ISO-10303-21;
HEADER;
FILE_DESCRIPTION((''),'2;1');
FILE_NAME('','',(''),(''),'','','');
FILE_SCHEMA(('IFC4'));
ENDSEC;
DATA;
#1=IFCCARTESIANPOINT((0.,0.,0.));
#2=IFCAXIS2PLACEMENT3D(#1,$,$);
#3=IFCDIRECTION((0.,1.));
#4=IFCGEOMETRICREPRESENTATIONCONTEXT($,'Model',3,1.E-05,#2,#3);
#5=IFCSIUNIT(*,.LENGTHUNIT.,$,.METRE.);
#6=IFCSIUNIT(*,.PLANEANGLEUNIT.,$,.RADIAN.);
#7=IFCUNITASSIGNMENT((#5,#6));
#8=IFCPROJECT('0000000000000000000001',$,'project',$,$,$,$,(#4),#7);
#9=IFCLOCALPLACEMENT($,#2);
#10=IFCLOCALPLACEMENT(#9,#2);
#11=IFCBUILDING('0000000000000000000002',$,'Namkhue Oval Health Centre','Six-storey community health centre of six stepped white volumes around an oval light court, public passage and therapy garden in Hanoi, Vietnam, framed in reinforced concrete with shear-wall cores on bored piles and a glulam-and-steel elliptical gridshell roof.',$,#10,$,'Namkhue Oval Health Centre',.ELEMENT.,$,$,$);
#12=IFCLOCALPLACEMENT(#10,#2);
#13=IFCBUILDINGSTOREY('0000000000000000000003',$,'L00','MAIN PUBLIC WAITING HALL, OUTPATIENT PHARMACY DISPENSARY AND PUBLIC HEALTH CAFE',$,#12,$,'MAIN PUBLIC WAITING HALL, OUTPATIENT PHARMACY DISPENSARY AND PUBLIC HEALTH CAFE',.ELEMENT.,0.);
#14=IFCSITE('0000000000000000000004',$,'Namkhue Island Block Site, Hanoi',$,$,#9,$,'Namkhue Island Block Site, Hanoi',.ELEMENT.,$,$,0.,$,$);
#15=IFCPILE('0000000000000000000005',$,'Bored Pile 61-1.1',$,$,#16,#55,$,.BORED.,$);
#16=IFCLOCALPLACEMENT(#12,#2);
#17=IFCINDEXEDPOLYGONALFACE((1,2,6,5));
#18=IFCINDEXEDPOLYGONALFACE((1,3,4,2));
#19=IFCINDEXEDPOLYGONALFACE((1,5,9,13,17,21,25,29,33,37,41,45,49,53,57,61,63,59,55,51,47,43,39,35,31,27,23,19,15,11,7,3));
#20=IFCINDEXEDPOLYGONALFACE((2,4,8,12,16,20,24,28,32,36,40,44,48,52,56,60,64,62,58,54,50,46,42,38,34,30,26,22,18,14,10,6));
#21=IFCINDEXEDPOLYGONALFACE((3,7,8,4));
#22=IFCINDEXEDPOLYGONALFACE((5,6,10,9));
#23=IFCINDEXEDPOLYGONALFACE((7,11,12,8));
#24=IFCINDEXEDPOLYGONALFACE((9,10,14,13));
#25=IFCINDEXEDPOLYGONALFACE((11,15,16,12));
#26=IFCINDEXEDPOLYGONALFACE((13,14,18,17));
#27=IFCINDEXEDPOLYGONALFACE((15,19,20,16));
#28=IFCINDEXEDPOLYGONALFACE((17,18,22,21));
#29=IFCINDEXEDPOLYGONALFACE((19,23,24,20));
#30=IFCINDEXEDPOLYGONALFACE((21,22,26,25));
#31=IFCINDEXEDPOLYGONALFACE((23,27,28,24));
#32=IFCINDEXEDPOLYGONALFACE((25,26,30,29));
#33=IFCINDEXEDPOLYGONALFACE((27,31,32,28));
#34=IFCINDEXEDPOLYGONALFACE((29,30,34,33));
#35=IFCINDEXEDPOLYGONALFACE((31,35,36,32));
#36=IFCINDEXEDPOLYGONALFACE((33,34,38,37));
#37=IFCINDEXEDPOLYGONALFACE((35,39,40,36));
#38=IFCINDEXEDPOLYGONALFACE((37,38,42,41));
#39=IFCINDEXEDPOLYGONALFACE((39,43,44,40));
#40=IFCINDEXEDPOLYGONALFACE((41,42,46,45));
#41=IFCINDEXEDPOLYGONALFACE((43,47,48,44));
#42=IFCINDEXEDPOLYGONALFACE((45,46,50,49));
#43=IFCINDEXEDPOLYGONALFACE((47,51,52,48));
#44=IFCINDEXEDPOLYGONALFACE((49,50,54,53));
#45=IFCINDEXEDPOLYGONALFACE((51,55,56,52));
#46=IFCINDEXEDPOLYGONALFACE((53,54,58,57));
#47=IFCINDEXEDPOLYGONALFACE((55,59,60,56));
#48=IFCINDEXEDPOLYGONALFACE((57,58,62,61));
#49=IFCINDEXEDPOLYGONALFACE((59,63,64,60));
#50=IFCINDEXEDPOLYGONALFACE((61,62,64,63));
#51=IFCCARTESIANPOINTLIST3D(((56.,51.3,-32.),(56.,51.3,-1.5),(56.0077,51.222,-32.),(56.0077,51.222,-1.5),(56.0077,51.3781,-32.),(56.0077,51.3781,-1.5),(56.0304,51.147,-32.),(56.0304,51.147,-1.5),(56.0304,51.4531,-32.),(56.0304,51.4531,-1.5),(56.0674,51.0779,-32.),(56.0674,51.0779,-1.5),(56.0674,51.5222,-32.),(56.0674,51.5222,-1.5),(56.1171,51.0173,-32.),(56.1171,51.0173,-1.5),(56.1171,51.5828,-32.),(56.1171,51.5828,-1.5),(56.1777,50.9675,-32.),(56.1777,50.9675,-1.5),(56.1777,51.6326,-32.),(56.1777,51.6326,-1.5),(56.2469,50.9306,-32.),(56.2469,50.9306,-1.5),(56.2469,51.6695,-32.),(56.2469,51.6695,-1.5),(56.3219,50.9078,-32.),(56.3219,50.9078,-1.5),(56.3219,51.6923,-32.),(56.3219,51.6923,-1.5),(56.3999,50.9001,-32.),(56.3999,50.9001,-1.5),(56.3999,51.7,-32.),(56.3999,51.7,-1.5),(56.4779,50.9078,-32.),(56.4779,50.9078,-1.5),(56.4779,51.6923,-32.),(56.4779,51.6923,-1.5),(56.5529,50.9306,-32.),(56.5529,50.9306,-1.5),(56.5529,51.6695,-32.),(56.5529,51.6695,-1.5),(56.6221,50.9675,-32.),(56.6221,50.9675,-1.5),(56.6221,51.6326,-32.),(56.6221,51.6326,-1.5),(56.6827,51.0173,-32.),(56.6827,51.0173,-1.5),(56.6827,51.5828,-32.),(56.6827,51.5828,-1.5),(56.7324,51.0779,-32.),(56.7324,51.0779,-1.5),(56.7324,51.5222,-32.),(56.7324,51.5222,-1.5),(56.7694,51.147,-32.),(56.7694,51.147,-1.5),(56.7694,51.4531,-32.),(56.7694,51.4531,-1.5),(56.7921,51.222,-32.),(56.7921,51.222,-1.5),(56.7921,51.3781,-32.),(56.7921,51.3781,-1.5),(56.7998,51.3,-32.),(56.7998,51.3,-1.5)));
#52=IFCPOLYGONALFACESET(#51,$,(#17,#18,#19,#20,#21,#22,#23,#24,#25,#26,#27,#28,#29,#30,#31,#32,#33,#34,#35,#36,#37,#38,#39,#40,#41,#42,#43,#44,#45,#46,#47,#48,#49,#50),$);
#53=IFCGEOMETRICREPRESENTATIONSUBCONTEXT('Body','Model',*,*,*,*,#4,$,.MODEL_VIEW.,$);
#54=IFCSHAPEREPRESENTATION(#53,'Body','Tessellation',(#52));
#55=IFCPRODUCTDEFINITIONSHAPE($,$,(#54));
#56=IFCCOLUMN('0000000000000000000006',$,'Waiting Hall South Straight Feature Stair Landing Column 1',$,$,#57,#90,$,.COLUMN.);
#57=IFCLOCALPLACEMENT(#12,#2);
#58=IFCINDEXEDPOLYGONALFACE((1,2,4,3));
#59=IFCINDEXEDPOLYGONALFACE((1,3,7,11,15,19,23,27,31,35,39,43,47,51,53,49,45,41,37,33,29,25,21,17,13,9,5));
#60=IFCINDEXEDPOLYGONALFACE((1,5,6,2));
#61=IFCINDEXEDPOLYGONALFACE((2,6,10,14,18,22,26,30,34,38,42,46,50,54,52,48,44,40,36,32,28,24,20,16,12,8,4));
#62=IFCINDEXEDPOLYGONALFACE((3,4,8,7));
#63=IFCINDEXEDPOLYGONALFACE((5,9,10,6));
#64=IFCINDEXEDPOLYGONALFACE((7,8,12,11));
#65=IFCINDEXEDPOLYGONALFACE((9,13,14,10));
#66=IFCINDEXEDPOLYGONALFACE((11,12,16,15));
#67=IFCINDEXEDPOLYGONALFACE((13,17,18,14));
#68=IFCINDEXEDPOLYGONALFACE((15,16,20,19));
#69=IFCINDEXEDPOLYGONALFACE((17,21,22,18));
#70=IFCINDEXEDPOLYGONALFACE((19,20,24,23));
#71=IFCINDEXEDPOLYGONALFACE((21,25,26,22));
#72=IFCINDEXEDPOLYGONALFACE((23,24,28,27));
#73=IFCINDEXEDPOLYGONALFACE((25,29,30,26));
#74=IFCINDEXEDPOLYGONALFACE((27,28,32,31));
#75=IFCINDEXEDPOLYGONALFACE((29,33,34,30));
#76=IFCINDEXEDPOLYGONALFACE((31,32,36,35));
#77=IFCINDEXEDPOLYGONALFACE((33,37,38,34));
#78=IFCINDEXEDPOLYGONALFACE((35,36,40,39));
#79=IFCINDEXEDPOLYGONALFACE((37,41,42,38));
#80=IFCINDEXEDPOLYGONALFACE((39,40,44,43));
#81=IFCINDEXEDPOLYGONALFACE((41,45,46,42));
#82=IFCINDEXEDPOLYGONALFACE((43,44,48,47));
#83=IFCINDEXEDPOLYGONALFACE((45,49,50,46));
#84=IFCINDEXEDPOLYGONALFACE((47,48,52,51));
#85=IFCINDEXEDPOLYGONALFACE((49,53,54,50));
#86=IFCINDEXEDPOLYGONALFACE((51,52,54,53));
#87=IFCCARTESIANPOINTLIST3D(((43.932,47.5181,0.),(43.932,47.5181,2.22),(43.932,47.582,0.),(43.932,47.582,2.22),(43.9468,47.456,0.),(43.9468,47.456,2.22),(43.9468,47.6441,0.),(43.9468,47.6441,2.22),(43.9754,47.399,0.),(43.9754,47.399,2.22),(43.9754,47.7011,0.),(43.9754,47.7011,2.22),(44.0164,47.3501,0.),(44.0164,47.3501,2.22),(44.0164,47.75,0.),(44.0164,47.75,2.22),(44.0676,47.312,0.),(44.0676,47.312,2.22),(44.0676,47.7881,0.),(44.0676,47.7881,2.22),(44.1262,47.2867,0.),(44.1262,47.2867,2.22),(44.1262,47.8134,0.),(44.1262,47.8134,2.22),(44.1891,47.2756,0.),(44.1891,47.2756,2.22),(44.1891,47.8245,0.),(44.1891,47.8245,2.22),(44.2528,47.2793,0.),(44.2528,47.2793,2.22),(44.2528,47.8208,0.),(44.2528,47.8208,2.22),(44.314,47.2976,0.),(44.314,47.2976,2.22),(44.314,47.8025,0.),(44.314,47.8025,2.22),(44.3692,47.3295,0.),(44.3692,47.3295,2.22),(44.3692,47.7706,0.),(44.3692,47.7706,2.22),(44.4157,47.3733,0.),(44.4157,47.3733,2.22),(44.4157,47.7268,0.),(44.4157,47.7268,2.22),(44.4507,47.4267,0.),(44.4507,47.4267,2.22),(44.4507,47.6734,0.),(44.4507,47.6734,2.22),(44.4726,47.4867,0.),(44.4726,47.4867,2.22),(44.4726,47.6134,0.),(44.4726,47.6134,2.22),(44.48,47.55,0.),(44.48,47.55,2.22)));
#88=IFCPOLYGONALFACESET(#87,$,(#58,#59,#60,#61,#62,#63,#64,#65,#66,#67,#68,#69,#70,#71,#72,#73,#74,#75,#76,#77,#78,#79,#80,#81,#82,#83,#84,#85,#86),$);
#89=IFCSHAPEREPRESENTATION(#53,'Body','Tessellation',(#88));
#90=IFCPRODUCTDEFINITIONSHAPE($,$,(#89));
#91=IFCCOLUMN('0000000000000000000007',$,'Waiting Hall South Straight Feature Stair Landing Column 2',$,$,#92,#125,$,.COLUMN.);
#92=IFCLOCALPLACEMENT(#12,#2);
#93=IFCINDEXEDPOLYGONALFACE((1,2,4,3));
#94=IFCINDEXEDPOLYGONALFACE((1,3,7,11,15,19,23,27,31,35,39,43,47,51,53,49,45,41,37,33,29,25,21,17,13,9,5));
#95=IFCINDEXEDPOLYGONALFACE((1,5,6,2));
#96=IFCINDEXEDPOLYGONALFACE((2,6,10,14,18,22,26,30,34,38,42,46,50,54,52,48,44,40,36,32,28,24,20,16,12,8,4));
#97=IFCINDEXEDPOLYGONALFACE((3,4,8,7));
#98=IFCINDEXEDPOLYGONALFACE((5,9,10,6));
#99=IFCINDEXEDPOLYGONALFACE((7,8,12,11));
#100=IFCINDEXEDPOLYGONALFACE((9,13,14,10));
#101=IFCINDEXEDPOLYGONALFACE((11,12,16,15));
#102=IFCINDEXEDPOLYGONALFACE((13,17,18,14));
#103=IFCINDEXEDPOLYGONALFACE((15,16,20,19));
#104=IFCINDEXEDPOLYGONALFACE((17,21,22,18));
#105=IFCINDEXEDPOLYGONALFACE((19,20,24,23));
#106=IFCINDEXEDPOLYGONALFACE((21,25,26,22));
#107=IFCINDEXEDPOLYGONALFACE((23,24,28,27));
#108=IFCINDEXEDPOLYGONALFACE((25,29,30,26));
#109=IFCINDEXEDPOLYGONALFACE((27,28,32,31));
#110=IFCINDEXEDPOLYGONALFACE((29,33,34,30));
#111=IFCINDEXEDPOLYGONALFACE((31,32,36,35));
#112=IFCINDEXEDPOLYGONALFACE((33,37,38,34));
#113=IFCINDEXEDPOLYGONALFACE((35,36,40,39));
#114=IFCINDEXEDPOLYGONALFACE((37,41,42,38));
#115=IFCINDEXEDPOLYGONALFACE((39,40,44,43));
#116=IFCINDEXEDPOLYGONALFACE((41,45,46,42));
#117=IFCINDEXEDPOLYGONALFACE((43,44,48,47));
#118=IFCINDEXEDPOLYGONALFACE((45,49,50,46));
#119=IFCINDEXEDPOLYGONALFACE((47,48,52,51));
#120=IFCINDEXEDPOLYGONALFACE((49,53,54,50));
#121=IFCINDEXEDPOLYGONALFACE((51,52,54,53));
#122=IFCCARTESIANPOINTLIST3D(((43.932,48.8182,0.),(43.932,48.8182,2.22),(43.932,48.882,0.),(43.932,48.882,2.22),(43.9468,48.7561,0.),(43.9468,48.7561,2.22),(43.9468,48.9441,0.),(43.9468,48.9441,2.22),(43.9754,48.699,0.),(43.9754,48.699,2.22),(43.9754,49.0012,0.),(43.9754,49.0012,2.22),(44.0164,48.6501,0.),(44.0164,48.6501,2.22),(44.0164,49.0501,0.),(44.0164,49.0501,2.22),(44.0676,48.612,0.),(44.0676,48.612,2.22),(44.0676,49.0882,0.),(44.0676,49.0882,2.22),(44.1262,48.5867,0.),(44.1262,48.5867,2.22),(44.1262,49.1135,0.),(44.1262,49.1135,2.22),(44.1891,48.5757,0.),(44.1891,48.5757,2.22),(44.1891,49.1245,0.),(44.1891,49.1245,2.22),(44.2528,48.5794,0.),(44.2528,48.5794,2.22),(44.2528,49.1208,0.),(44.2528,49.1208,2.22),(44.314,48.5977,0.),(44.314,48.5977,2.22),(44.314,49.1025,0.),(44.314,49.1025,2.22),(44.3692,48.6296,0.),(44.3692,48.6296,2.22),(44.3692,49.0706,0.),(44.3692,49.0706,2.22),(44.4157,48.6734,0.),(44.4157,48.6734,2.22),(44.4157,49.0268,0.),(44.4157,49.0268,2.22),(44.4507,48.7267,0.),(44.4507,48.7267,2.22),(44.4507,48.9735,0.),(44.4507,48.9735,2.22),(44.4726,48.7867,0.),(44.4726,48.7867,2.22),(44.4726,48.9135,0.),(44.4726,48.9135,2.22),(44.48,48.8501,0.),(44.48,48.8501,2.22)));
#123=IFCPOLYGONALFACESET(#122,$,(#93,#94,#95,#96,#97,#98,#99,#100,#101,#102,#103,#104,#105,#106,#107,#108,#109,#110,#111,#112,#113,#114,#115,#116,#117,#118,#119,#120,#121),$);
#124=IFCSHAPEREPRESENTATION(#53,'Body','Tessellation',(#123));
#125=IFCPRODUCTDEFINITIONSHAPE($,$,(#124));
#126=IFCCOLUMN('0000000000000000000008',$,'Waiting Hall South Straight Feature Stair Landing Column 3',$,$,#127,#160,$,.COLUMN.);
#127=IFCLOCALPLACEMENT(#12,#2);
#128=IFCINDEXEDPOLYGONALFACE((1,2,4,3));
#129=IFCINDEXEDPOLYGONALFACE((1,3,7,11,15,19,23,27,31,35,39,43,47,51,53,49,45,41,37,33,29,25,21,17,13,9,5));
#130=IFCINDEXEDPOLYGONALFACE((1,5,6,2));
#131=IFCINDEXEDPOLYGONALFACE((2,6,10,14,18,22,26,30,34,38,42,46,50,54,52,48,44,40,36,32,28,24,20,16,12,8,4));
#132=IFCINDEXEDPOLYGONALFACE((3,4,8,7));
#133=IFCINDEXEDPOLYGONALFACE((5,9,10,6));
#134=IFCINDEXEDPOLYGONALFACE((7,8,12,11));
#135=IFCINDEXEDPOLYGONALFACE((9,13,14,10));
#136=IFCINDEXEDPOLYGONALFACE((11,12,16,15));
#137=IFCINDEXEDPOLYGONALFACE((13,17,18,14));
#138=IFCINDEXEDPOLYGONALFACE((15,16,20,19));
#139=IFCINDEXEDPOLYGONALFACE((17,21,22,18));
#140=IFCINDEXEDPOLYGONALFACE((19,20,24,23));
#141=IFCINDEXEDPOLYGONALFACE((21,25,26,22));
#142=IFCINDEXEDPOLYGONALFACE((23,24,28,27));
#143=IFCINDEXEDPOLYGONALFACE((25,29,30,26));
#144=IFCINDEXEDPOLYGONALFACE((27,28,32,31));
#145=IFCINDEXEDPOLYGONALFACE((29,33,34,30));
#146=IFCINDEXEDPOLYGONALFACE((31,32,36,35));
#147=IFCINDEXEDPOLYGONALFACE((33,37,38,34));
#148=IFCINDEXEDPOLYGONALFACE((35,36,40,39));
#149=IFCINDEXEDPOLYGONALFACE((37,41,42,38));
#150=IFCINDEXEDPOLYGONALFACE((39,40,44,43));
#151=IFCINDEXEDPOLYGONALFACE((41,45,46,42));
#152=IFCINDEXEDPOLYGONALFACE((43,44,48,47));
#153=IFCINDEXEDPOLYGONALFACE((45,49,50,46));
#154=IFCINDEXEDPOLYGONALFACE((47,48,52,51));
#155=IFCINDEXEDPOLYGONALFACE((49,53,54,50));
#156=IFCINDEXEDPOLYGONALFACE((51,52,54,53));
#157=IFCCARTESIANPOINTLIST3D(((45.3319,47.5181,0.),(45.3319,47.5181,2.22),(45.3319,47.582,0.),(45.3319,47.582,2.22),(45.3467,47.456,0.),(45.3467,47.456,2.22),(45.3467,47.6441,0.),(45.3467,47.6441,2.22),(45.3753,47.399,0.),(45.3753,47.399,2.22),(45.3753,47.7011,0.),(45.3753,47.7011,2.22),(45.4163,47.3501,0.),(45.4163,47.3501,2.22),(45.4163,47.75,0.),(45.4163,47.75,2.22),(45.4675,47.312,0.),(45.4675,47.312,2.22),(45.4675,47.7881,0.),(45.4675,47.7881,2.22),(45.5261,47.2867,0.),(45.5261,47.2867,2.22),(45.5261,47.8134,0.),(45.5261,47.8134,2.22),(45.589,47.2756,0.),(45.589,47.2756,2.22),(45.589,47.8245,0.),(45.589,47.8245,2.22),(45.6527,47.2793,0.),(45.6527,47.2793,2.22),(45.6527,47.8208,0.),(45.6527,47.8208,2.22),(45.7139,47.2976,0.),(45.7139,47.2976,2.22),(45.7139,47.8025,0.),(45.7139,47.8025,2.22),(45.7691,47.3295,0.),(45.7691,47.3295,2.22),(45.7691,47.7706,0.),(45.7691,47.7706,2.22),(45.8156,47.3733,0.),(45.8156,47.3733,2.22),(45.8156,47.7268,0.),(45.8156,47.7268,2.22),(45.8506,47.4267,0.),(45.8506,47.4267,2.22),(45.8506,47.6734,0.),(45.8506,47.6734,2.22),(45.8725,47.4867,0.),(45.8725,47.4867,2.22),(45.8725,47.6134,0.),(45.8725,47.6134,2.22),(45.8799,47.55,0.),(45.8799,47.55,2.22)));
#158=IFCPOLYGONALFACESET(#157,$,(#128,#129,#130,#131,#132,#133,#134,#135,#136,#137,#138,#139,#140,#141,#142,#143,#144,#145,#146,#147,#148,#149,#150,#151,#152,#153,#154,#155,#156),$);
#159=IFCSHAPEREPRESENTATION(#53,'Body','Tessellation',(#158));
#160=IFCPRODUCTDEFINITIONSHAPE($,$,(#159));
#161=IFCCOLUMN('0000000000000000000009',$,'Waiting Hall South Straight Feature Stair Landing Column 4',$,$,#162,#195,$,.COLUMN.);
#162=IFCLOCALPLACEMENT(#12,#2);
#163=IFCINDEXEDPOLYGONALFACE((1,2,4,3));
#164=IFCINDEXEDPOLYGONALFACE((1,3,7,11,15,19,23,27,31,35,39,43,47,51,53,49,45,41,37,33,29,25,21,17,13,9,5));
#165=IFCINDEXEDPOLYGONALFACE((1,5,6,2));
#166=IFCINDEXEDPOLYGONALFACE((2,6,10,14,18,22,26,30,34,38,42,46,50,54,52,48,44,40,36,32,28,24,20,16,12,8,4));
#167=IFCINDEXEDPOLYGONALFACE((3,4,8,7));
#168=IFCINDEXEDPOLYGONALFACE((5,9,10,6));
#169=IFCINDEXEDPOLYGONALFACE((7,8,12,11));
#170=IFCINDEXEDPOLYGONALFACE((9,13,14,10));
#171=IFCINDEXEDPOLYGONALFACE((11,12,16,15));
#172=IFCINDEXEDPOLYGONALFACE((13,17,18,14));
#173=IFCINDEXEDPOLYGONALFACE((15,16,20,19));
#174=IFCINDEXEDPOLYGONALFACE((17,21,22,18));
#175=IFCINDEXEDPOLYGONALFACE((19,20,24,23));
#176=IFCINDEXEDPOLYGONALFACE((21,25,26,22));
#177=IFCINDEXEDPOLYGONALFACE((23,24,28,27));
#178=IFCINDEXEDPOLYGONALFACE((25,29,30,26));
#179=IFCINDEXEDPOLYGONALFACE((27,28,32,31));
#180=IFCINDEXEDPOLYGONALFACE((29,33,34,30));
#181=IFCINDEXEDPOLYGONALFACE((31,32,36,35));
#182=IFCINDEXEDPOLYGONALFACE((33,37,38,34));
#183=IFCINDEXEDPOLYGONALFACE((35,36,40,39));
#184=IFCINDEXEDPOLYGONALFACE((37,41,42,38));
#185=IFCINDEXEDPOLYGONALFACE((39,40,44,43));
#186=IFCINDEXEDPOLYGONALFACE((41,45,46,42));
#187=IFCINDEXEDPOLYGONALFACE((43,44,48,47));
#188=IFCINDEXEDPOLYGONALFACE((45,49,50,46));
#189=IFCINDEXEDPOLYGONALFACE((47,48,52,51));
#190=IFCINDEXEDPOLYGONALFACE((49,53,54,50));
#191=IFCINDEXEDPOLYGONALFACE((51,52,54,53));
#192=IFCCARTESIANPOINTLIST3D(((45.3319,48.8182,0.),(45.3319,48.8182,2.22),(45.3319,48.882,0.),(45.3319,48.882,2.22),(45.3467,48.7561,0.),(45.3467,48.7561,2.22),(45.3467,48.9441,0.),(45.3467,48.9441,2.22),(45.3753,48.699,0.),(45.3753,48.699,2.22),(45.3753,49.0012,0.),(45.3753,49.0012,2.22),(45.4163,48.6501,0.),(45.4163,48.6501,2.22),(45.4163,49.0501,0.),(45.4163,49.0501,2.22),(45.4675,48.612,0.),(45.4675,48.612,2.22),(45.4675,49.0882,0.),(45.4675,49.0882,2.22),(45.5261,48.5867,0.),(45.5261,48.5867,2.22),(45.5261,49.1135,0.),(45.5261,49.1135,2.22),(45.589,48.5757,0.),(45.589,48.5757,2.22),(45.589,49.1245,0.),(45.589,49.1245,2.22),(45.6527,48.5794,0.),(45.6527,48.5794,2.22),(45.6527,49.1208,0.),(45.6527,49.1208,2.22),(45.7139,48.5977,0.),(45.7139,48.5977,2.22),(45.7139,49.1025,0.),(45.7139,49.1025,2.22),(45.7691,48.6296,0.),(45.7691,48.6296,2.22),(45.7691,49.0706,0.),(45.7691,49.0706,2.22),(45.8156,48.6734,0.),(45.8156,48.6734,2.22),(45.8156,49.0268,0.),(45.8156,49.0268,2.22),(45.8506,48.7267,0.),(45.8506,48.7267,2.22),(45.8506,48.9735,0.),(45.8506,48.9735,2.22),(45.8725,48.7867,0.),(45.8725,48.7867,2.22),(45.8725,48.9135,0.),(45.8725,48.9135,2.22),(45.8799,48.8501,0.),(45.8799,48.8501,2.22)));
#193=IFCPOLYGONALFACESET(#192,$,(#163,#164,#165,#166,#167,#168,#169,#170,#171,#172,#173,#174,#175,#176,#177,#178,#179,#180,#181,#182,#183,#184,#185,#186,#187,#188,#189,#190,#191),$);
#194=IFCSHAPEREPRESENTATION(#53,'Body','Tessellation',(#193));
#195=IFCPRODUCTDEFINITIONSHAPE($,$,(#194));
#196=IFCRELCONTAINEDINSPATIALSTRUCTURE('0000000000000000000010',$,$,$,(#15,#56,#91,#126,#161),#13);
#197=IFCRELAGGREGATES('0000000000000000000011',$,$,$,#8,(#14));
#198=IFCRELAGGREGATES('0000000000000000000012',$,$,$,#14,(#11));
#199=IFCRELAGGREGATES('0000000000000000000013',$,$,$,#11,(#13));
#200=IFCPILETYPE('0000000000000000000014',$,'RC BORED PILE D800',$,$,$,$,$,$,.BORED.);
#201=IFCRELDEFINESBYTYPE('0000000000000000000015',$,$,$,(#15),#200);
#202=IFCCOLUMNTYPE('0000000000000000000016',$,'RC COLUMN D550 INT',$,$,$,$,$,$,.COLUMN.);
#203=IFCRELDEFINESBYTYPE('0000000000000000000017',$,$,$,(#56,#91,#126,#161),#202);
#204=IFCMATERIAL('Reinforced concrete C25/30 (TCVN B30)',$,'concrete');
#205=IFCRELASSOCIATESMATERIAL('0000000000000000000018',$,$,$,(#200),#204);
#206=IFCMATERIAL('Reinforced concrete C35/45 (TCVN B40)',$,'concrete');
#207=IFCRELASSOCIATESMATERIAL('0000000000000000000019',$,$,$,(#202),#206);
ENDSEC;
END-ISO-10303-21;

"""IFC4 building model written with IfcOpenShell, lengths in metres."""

from ifc_helpers import new_model, si_unit, direction, frame, origin, origin_2d, place, context, subcontext, project, spatial, circle, extrude, material, material_profile, profile_set, type_object, element, save


model = new_model("IFC4")

# Units and contexts
model_context = context("Model", 3, precision=1e-05, world=origin(), true_north=direction((0.0, 1.0)))
body_context = subcontext(model_context, "Body", "Model", "MODEL_VIEW")
ifc_project = project(units=[si_unit("LENGTHUNIT", "METRE"), si_unit("PLANEANGLEUNIT", "RADIAN")], contexts=[model_context])

# Site, building, storey
site_placement = place(None, origin())
site = spatial("IfcSite", under=ifc_project, at=site_placement, Name="Namkhue Island Block Site, Hanoi", LongName="Namkhue Island Block Site, Hanoi", CompositionType="ELEMENT", RefElevation=0.0)
building_placement = place(site_placement, origin())
building = spatial("IfcBuilding", under=site, at=building_placement, Name="Namkhue Oval Health Centre", Description="Six-storey community health centre of six stepped white volumes around an oval light court, public passage and therapy garden in Hanoi, Vietnam, framed in reinforced concrete with shear-wall cores on bored piles and a glulam-and-steel elliptical gridshell roof.", LongName="Namkhue Oval Health Centre", CompositionType="ELEMENT")
storey_placement = place(building_placement, origin())
storey = spatial("IfcBuildingStorey", under=building, at=storey_placement, Name="L00", Description="MAIN PUBLIC WAITING HALL, OUTPATIENT PHARMACY DISPENSARY AND PUBLIC HEALTH CAFE", LongName="MAIN PUBLIC WAITING HALL, OUTPATIENT PHARMACY DISPENSARY AND PUBLIC HEALTH CAFE", CompositionType="ELEMENT", Elevation=0.0)

# Pile
ifc_material_1 = material(Name="Reinforced concrete C25/30 (TCVN B30)", Category="concrete")
ifc_material_profile_1 = material_profile(ifc_material_1, circle(Radius=0.3999, at=origin_2d()), Name="BORED PILE D800")
ifc_profile_set_1 = profile_set([ifc_material_profile_1], Name="Reinforced concrete C25/30 (TCVN B30)")
pile_type = type_object("IfcPileType", Name="RC BORED PILE D800", PredefinedType="BORED", material=ifc_profile_set_1)
for number, where, z_axis, x_axis, name in (
    (1, (56.3999, 51.3, -1.5), (0.0, 0.0, -1.0), (1.0, 0.0, 0.0), "Bored Pile 61-1.1"),
):
    element("IfcPile", number, at=place(storey_placement, frame(where, z_axis=z_axis, x_axis=x_axis)), inside=storey, type_object=pile_type, Name=name, PredefinedType="BORED", context=body_context, shape_type="SweptSolid", body=[
        extrude(circle(Radius=0.3999, at=origin_2d()), origin(), (0.0, 0.0, 1.0), 30.5),
    ])

# Columns
ifc_material_2 = material(Name="Reinforced concrete C35/45 (TCVN B40)", Category="concrete")
ifc_material_profile_2 = material_profile(ifc_material_2, circle(Radius=0.2749, at=origin_2d()), Name="RC D550")
ifc_profile_set_2 = profile_set([ifc_material_profile_2], Name="Reinforced concrete C35/45 (TCVN B40)")
column_type_1 = type_object("IfcColumnType", Name="RC COLUMN D550 INT", PredefinedType="COLUMN", material=ifc_profile_set_2)
for number, where, z_axis, x_axis, name in (
    (2, (44.2051, 47.55, 0.0), (0.0, 0.0, 1.0), (1.0, 0.0, 0.0), "Waiting Hall South Straight Feature Stair Landing Column 1"),
    (3, (44.2051, 48.8501, 0.0), (0.0, 0.0, 1.0), (1.0, 0.0, 0.0), "Waiting Hall South Straight Feature Stair Landing Column 2"),
    (4, (45.605, 47.55, 0.0), (0.0, 0.0, 1.0), (1.0, 0.0, 0.0), "Waiting Hall South Straight Feature Stair Landing Column 3"),
    (5, (45.605, 48.8501, 0.0), (0.0, 0.0, 1.0), (1.0, 0.0, 0.0), "Waiting Hall South Straight Feature Stair Landing Column 4"),
):
    element("IfcColumn", number, at=place(storey_placement, frame(where, z_axis=z_axis, x_axis=x_axis)), inside=storey, type_object=column_type_1, Name=name, PredefinedType="COLUMN", context=body_context, shape_type="SweptSolid", body=[
        extrude(circle(Radius=0.2749, at=origin_2d()), origin(), (0.0, 0.0, 1.0), 2.22),
    ])

save(model, "model.ifc")
